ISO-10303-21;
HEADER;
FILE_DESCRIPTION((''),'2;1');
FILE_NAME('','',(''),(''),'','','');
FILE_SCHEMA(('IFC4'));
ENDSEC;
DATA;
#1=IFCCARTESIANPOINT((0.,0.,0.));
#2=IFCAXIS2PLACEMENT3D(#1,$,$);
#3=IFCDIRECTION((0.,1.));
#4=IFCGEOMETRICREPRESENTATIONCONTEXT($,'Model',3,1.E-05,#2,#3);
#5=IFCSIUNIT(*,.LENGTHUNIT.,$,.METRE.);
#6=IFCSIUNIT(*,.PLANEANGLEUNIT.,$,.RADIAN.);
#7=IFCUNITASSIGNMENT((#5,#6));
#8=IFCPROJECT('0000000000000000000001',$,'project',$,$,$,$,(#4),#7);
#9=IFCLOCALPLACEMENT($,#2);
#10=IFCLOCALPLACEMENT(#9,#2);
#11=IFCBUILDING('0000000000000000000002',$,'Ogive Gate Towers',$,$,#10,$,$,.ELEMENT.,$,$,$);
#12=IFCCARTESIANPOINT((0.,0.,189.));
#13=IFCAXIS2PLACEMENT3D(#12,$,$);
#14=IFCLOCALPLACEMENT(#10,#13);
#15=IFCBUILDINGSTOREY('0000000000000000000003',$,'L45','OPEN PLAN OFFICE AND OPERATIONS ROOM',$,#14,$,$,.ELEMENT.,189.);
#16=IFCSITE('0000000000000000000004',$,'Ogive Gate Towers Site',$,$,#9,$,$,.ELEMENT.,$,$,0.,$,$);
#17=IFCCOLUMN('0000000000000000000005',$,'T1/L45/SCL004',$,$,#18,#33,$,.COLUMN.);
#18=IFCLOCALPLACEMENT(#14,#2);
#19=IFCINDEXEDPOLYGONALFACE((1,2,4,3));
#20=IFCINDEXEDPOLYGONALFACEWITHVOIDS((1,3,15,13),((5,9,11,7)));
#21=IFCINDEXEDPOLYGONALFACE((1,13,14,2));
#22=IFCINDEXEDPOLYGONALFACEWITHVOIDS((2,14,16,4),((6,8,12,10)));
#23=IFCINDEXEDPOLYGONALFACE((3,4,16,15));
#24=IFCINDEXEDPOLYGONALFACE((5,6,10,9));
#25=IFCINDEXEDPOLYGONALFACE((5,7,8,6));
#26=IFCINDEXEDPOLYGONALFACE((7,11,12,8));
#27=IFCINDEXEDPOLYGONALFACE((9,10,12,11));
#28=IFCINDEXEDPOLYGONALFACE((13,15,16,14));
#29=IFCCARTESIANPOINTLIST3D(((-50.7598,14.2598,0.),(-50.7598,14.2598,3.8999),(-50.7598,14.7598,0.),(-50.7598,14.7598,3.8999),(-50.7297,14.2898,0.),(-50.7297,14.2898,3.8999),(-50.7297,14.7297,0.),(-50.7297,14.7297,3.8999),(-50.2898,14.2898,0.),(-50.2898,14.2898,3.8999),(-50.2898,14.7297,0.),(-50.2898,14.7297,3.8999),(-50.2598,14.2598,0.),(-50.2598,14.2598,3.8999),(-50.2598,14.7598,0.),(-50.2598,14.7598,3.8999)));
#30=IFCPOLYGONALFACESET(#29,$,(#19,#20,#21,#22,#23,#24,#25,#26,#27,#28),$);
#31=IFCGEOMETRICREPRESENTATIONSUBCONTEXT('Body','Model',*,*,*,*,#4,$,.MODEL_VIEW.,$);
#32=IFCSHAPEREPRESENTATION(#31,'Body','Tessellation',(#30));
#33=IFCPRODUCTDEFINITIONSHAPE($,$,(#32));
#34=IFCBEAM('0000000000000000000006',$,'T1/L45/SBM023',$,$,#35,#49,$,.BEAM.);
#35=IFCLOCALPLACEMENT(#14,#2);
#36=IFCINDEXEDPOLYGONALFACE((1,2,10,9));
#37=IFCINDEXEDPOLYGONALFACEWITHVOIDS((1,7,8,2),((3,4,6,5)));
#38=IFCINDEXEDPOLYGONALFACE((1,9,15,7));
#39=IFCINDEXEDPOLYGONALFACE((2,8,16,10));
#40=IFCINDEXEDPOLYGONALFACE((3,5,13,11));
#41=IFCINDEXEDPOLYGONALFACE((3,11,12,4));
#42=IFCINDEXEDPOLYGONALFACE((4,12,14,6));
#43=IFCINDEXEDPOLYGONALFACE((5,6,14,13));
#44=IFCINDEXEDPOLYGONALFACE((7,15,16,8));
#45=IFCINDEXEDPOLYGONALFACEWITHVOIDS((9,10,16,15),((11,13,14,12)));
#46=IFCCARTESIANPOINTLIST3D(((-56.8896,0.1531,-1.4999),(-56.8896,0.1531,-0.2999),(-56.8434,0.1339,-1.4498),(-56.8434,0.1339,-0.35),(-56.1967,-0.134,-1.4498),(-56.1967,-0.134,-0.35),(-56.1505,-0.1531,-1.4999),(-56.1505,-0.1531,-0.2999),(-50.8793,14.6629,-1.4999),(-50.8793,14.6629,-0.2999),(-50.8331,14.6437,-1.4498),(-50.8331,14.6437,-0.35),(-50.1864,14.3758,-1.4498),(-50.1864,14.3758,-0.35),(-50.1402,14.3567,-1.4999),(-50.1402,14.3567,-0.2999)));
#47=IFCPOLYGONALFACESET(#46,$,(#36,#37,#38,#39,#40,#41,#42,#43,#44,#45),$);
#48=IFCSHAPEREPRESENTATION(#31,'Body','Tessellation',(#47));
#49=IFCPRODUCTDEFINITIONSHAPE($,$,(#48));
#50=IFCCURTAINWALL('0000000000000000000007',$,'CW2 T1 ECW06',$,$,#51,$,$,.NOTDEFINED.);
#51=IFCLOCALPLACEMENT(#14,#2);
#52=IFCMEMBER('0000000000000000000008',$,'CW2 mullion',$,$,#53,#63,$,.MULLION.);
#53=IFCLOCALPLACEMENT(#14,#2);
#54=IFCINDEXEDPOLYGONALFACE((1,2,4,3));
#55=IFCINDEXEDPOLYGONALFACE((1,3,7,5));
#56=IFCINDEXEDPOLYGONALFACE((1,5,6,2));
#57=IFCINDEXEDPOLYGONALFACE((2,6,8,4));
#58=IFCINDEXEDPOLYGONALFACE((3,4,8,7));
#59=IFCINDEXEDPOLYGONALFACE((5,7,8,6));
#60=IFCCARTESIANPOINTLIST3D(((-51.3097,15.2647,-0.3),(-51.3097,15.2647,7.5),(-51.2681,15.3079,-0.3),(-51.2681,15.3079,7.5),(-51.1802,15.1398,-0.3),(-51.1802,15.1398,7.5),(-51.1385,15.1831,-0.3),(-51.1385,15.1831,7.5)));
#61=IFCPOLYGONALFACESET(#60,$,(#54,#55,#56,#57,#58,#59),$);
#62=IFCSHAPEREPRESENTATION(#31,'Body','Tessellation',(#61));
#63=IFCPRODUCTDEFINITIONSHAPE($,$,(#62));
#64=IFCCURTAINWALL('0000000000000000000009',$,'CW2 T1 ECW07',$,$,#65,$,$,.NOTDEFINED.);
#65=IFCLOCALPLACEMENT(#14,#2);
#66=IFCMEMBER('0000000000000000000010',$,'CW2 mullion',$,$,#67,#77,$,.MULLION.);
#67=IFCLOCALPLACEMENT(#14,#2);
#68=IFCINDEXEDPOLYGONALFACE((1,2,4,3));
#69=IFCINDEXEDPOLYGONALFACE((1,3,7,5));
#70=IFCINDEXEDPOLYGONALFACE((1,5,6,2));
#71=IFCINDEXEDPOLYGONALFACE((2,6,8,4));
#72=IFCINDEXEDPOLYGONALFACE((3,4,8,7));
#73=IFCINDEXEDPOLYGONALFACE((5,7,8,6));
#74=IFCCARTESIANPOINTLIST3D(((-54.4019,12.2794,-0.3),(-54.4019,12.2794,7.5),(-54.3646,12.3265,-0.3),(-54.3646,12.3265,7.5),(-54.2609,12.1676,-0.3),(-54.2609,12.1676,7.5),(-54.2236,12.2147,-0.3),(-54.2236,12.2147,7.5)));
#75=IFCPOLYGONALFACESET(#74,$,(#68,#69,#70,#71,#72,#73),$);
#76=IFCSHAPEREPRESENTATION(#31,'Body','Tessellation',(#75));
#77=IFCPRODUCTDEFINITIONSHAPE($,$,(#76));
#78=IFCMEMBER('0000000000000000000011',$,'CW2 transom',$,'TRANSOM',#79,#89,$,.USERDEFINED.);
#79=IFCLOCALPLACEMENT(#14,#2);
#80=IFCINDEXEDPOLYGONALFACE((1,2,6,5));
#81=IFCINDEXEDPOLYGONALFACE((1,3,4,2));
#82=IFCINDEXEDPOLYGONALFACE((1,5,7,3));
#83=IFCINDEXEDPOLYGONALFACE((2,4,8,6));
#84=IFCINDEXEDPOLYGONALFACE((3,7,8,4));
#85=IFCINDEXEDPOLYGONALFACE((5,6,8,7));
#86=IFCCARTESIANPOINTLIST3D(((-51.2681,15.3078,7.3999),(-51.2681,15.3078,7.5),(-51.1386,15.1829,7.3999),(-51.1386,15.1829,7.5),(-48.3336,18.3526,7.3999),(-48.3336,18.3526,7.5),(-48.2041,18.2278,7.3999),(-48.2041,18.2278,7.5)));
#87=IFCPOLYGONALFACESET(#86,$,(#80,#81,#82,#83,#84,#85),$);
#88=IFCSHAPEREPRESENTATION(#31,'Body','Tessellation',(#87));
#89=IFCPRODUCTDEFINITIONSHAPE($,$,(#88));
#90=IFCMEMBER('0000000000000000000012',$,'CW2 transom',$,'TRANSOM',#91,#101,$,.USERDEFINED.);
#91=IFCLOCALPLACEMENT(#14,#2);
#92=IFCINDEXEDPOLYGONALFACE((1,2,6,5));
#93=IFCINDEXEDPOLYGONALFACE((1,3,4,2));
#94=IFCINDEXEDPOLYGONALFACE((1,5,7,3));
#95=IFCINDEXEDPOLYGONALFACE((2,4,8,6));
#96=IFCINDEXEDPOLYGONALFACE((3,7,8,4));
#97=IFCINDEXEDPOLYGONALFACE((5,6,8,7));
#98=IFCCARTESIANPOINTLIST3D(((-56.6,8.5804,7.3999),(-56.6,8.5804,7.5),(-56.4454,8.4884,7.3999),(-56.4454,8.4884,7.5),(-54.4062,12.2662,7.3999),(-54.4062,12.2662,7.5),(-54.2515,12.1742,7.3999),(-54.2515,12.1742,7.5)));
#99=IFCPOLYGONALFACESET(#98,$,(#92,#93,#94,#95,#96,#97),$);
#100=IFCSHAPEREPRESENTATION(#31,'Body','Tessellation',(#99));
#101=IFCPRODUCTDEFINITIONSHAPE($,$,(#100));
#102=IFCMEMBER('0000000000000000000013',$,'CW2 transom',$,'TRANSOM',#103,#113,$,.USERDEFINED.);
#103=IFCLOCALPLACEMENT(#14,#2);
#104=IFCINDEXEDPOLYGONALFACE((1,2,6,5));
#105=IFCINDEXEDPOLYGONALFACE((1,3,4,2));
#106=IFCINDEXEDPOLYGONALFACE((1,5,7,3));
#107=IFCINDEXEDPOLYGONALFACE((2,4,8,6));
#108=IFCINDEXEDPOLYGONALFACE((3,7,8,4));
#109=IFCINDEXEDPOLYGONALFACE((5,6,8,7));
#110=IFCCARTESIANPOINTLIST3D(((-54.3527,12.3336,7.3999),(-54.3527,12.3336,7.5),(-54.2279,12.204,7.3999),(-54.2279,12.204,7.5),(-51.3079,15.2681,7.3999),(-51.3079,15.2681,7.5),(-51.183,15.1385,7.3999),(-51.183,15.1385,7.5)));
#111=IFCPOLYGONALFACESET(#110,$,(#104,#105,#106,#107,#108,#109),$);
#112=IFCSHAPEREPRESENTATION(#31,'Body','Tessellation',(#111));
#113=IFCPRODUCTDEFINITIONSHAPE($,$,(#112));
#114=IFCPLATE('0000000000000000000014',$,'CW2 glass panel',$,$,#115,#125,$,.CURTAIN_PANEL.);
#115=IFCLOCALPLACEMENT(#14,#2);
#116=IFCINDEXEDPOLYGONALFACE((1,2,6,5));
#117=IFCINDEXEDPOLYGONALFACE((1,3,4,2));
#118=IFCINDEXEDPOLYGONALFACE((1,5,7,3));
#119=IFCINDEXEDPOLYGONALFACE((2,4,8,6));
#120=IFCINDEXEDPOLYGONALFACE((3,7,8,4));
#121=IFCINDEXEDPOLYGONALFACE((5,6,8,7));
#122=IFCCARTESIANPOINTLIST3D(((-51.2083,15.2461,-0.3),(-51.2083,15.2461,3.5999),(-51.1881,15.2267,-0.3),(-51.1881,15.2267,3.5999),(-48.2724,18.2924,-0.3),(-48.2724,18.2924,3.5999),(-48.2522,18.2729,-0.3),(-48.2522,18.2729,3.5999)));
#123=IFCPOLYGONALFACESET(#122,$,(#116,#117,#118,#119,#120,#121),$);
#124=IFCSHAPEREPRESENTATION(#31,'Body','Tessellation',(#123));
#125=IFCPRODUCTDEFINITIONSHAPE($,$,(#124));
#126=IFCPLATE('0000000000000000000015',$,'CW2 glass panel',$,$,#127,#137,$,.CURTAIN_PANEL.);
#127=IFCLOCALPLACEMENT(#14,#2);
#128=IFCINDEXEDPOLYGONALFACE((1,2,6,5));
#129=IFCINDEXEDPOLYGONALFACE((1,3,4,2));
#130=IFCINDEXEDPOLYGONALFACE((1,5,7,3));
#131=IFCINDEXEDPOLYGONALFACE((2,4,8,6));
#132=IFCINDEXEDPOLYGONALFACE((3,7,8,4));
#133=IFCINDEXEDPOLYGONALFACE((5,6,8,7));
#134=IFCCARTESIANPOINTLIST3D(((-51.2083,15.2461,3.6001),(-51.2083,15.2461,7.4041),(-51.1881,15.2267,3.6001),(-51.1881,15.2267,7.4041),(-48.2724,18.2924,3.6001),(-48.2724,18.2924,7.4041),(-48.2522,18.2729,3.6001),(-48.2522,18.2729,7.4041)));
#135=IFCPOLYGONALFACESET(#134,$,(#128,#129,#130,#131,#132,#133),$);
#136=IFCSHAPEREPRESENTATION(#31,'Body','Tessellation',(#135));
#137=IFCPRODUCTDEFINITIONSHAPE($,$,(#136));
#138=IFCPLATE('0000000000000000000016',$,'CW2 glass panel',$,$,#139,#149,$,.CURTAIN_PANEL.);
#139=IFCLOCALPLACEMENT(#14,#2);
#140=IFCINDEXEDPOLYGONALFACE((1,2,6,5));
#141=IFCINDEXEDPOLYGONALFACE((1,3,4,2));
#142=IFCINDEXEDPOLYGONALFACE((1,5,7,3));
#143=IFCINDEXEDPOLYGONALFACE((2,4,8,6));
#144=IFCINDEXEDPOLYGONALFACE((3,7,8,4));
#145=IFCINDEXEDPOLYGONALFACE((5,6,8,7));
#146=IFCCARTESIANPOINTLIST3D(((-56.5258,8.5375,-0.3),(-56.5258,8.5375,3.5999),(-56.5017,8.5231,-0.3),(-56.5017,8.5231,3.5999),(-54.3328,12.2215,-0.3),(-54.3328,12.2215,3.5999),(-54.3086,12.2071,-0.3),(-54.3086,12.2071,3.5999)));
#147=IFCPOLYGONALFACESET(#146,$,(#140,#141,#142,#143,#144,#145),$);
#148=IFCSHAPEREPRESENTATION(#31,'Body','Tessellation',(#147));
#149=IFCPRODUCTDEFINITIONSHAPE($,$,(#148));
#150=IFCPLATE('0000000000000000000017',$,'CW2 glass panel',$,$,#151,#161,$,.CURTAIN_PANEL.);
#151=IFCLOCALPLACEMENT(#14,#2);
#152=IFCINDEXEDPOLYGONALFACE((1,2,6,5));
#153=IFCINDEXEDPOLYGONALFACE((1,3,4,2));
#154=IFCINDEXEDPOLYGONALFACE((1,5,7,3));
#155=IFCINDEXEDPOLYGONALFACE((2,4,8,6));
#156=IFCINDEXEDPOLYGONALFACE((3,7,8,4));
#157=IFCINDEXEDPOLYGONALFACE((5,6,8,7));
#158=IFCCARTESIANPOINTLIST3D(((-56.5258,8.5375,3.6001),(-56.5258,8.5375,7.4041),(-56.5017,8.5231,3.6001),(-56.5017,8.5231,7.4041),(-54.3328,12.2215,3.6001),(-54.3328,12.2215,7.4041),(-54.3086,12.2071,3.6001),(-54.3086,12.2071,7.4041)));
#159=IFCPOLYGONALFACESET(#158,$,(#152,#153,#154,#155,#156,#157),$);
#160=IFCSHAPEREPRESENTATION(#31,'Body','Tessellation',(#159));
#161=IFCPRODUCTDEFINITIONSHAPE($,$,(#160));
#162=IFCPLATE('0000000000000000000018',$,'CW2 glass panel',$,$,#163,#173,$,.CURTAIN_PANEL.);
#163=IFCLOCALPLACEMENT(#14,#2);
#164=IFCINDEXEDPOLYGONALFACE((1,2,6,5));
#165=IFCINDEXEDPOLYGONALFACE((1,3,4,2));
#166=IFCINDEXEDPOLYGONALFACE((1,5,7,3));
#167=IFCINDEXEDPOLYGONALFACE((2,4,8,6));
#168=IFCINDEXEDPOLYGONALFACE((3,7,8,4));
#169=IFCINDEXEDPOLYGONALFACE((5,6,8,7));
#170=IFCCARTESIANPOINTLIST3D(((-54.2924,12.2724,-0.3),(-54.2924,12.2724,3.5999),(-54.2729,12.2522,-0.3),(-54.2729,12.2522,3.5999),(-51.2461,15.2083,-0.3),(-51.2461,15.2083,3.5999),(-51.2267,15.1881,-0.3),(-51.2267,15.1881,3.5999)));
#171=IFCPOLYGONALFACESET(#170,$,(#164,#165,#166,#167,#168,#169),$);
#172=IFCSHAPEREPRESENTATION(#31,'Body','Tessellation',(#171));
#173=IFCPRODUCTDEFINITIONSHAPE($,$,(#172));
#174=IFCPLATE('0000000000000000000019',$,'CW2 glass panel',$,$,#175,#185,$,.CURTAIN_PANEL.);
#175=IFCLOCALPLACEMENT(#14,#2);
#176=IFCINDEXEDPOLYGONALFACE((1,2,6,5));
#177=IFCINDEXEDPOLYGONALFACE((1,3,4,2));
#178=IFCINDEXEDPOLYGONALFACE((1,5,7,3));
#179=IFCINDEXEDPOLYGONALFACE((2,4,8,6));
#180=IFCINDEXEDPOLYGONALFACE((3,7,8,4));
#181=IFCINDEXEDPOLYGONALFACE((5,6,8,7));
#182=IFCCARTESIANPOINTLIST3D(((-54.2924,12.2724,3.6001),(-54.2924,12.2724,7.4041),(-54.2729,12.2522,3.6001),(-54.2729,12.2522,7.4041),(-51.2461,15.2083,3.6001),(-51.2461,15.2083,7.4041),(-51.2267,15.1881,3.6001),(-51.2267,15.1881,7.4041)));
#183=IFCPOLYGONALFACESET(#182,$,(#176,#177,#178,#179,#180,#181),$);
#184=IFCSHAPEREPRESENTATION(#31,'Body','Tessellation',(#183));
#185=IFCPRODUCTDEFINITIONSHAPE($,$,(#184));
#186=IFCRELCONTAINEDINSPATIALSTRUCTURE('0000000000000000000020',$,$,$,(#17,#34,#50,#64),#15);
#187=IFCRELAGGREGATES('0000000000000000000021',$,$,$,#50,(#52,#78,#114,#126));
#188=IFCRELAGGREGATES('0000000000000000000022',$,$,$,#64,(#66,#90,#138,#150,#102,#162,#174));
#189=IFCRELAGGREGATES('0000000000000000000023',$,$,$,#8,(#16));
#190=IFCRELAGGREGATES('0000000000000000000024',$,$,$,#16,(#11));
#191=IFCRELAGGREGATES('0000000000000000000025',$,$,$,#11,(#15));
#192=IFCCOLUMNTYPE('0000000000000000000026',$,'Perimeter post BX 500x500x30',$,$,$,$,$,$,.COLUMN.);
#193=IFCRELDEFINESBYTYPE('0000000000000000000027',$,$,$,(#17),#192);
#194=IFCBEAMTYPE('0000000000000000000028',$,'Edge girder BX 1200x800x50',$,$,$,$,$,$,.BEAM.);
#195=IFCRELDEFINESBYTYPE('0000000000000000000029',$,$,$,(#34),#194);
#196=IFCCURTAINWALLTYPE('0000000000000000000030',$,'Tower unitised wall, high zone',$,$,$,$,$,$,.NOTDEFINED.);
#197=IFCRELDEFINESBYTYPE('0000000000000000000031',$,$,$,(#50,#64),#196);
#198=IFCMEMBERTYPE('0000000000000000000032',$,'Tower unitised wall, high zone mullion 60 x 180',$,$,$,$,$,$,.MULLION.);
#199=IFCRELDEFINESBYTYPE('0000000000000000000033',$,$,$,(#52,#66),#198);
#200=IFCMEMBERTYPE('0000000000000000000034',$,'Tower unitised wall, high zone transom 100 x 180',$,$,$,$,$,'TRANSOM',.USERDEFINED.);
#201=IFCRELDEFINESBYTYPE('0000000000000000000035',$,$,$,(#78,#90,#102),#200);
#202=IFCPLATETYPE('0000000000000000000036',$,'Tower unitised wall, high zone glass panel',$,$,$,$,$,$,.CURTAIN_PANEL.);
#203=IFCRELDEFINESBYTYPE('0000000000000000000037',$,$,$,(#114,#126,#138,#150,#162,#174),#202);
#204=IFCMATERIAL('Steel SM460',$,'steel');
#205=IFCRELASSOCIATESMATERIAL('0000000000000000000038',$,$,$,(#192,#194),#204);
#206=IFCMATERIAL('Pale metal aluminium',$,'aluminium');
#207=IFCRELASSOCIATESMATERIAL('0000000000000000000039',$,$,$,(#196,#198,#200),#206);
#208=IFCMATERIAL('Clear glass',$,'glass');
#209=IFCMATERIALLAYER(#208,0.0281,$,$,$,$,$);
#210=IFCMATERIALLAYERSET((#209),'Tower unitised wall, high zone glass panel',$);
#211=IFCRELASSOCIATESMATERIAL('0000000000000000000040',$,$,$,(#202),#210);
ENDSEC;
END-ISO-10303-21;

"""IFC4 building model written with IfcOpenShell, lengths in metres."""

from ifc_helpers import new_model, si_unit, direction, frame, origin, origin_2d, place, context, subcontext, project, spatial, rectangle, hollow_rectangle, extrude, material, layer, layer_set, material_profile, profile_set, type_object, element, aggregate, save


model = new_model("IFC4")

# Units and contexts
model_context = context("Model", 3, precision=1e-05, world=origin(), true_north=direction((0.0, 1.0)))
body_context = subcontext(model_context, "Body", "Model", "MODEL_VIEW")
ifc_project = project(units=[si_unit("LENGTHUNIT", "METRE"), si_unit("PLANEANGLEUNIT", "RADIAN")], contexts=[model_context])

# Site, building, storey
site_placement = place(None, origin())
site = spatial("IfcSite", under=ifc_project, at=site_placement, Name="Ogive Gate Towers Site", CompositionType="ELEMENT", RefElevation=0.0)
building_placement = place(site_placement, origin())
building = spatial("IfcBuilding", under=site, at=building_placement, Name="Ogive Gate Towers", CompositionType="ELEMENT")
storey_placement = place(building_placement, frame((0.0, 0.0, 189.0)))
storey = spatial("IfcBuildingStorey", under=building, at=storey_placement, Name="L45", Description="OPEN PLAN OFFICE AND OPERATIONS ROOM", CompositionType="ELEMENT", Elevation=189.0)

# Column
ifc_material_1 = material(Name="Steel SM460", Category="steel")
ifc_material_profile_1 = material_profile(ifc_material_1, hollow_rectangle(XDim=0.5, YDim=0.5, WallThickness=0.03, at=origin_2d()), Name="BX 500x500x30")
ifc_profile_set_1 = profile_set([ifc_material_profile_1], Name="Steel SM460")
column_type = type_object("IfcColumnType", Name="Perimeter post BX 500x500x30", PredefinedType="COLUMN", material=ifc_profile_set_1)
column_placement = place(storey_placement, frame((-50.5098, 14.5098, 0.0), z_axis=(0.0, 0.0, 1.0), x_axis=(1.0, 0.0, 0.0)))
element("IfcColumn", 1, at=column_placement, inside=storey, type_object=column_type, Name="T1/L45/SCL004", PredefinedType="COLUMN", context=body_context, shape_type="SweptSolid", body=[
    extrude(hollow_rectangle(XDim=0.5, YDim=0.5, WallThickness=0.03, at=origin_2d()), origin(), (0.0, 0.0, 1.0), 3.8999),
])

# Beam
ifc_material_profile_2 = material_profile(ifc_material_1, hollow_rectangle(XDim=0.8, YDim=1.2, WallThickness=0.05, at=origin_2d()), Name="BX 1200x800x50")
ifc_profile_set_2 = profile_set([ifc_material_profile_2], Name="Steel SM460")
beam_type = type_object("IfcBeamType", Name="Edge girder BX 1200x800x50", PredefinedType="BEAM", material=ifc_profile_set_2)
beam_placement = place(storey_placement, frame((-50.5098, 14.5098, -0.8999), z_axis=(-0.38269, -0.923877, 0.0), x_axis=(0.923877, -0.38269, 0.0)))
element("IfcBeam", 2, at=beam_placement, inside=storey, type_object=beam_type, Name="T1/L45/SBM023", PredefinedType="BEAM", context=body_context, shape_type="SweptSolid", body=[
    extrude(hollow_rectangle(XDim=0.8, YDim=1.2, WallThickness=0.05, at=origin_2d()), origin(), (0.0, 0.0, 1.0), 15.7053),
])

# Curtain walls, members
ifc_material_2 = material(Name="Pale metal aluminium", Category="aluminium")
curtain_wall_type = type_object("IfcCurtainWallType", Name="Tower unitised wall, high zone", PredefinedType="NOTDEFINED", material=ifc_material_2)
curtain_wall_1_placement = place(storey_placement, origin())
curtain_wall_1 = element("IfcCurtainWall", 3, at=curtain_wall_1_placement, inside=storey, type_object=curtain_wall_type, Name="CW2 T1 ECW06", PredefinedType="NOTDEFINED")
ifc_material_profile_3 = material_profile(ifc_material_2, rectangle(XDim=0.1799, YDim=0.0601, at=origin_2d()), Name="60 x 180 aluminium box")
ifc_profile_set_3 = profile_set([ifc_material_profile_3], Name="Pale metal aluminium")
member_type_1 = type_object("IfcMemberType", Name="Tower unitised wall, high zone mullion 60 x 180", PredefinedType="MULLION", material=ifc_profile_set_3)
member_1_placement = place(storey_placement, frame((-51.2241, 15.2239, -0.3), z_axis=(0.0, 0.0, 1.0), x_axis=(0.720031, -0.693942, 0.0)))
member_1 = element("IfcMember", 4, at=member_1_placement, type_object=member_type_1, Name="CW2 mullion", PredefinedType="MULLION", context=body_context, shape_type="SweptSolid", body=[
    extrude(rectangle(XDim=0.1799, YDim=0.0601, at=origin_2d()), origin(), (0.0, 0.0, 1.0), 7.8),
])
curtain_wall_2_placement = place(storey_placement, origin())
curtain_wall_2 = element("IfcCurtainWall", 5, at=curtain_wall_2_placement, inside=storey, type_object=curtain_wall_type, Name="CW2 T1 ECW07", PredefinedType="NOTDEFINED")
member_2_placement = place(storey_placement, frame((-54.3127, 12.2471, -0.3), z_axis=(0.0, 0.0, 1.0), x_axis=(0.783574, -0.621298, 0.0)))
member_2 = element("IfcMember", 6, at=member_2_placement, type_object=member_type_1, Name="CW2 mullion", PredefinedType="MULLION", context=body_context, shape_type="SweptSolid", body=[
    extrude(rectangle(XDim=0.1799, YDim=0.0601, at=origin_2d()), origin(), (0.0, 0.0, 1.0), 7.8),
])

# Members
ifc_material_profile_4 = material_profile(ifc_material_2, rectangle(XDim=0.1799, YDim=0.1001, at=origin_2d()), Name="100 x 180 aluminium box")
ifc_profile_set_4 = profile_set([ifc_material_profile_4], Name="Pale metal aluminium")
member_type_2 = type_object("IfcMemberType", Name="Tower unitised wall, high zone transom 100 x 180", ElementType="TRANSOM", PredefinedType="USERDEFINED", material=ifc_profile_set_4)
member_3_placement = place(storey_placement, frame((-51.2034, 15.2454, 7.45), z_axis=(0.693939, 0.720034, 0.0), x_axis=(-0.720034, 0.693939, 0.0)))
member_3 = element("IfcMember", 7, at=member_3_placement, type_object=member_type_2, Name="CW2 transom", ObjectType="TRANSOM", PredefinedType="USERDEFINED", context=body_context, shape_type="SweptSolid", body=[
    extrude(rectangle(XDim=0.1799, YDim=0.1001, at=origin_2d()), origin(), (0.0, 0.0, 1.0), 4.2288),
])
member_4_placement = place(storey_placement, frame((-56.5227, 8.5344, 7.45), z_axis=(0.511471, 0.859301, 0.0), x_axis=(-0.859301, 0.511471, 0.0)))
member_4 = element("IfcMember", 8, at=member_4_placement, type_object=member_type_2, Name="CW2 transom", ObjectType="TRANSOM", PredefinedType="USERDEFINED", context=body_context, shape_type="SweptSolid", body=[
    extrude(rectangle(XDim=0.1799, YDim=0.1001, at=origin_2d()), origin(), (0.0, 0.0, 1.0), 4.2893),
])
member_5_placement = place(storey_placement, frame((-54.2903, 12.2688, 7.45), z_axis=(0.720034, 0.693939, 0.0), x_axis=(-0.693939, 0.720034, 0.0)))
member_5 = element("IfcMember", 9, at=member_5_placement, type_object=member_type_2, Name="CW2 transom", ObjectType="TRANSOM", PredefinedType="USERDEFINED", context=body_context, shape_type="SweptSolid", body=[
    extrude(rectangle(XDim=0.1799, YDim=0.1001, at=origin_2d()), origin(), (0.0, 0.0, 1.0), 4.2288),
])

# Plates
ifc_material_3 = material(Name="Clear glass", Category="glass")
ifc_layer_1 = layer(ifc_material_3, 0.0281)
ifc_layer_set_1 = layer_set([ifc_layer_1], Name="Tower unitised wall, high zone glass panel")
plate_type = type_object("IfcPlateType", Name="Tower unitised wall, high zone glass panel", PredefinedType="CURTAIN_PANEL", material=ifc_layer_set_1)
plate_1_placement = place(storey_placement, frame((-49.7302, 16.7595, -0.3), z_axis=(0.0, 0.0, 1.0), x_axis=(0.693942, 0.720031, 0.0)))
plate_1 = element("IfcPlate", 10, at=plate_1_placement, type_object=plate_type, Name="CW2 glass panel", PredefinedType="CURTAIN_PANEL", context=body_context, shape_type="SweptSolid", body=[
    extrude(rectangle(XDim=4.2307, YDim=0.0281, at=origin_2d()), origin(), (0.0, 0.0, 1.0), 3.8999),
])
plate_2_placement = place(storey_placement, frame((-49.7302, 16.7595, 3.6001), z_axis=(0.0, 0.0, 1.0), x_axis=(0.693942, 0.720031, 0.0)))
plate_2 = element("IfcPlate", 11, at=plate_2_placement, type_object=plate_type, Name="CW2 glass panel", PredefinedType="CURTAIN_PANEL", context=body_context, shape_type="SweptSolid", body=[
    extrude(rectangle(XDim=4.2307, YDim=0.0281, at=origin_2d()), origin(), (0.0, 0.0, 1.0), 3.804),
])
aggregate(curtain_wall_1, [member_1, member_3, plate_1, plate_2])
plate_3_placement = place(storey_placement, frame((-55.4172, 10.3723, -0.3), z_axis=(0.0, 0.0, 1.0), x_axis=(0.511518, 0.859273, 0.0)))
plate_3 = element("IfcPlate", 12, at=plate_3_placement, type_object=plate_type, Name="CW2 glass panel", PredefinedType="CURTAIN_PANEL", context=body_context, shape_type="SweptSolid", body=[
    extrude(rectangle(XDim=4.2874, YDim=0.0281, at=origin_2d()), origin(), (0.0, 0.0, 1.0), 3.8999),
])
plate_4_placement = place(storey_placement, frame((-55.4172, 10.3723, 3.6001), z_axis=(0.0, 0.0, 1.0), x_axis=(0.511518, 0.859273, 0.0)))
plate_4 = element("IfcPlate", 13, at=plate_4_placement, type_object=plate_type, Name="CW2 glass panel", PredefinedType="CURTAIN_PANEL", context=body_context, shape_type="SweptSolid", body=[
    extrude(rectangle(XDim=4.2874, YDim=0.0281, at=origin_2d()), origin(), (0.0, 0.0, 1.0), 3.804),
])
plate_5_placement = place(storey_placement, frame((-52.7595, 13.7302, -0.3), z_axis=(0.0, 0.0, 1.0), x_axis=(0.720031, 0.693942, 0.0)))
plate_5 = element("IfcPlate", 14, at=plate_5_placement, type_object=plate_type, Name="CW2 glass panel", PredefinedType="CURTAIN_PANEL", context=body_context, shape_type="SweptSolid", body=[
    extrude(rectangle(XDim=4.2307, YDim=0.0281, at=origin_2d()), origin(), (0.0, 0.0, 1.0), 3.8999),
])
plate_6_placement = place(storey_placement, frame((-52.7595, 13.7302, 3.6001), z_axis=(0.0, 0.0, 1.0), x_axis=(0.720031, 0.693942, 0.0)))
plate_6 = element("IfcPlate", 15, at=plate_6_placement, type_object=plate_type, Name="CW2 glass panel", PredefinedType="CURTAIN_PANEL", context=body_context, shape_type="SweptSolid", body=[
    extrude(rectangle(XDim=4.2307, YDim=0.0281, at=origin_2d()), origin(), (0.0, 0.0, 1.0), 3.804),
])
aggregate(curtain_wall_2, [member_2, member_4, plate_3, plate_4, member_5, plate_5, plate_6])

save(model, "model.ifc")
